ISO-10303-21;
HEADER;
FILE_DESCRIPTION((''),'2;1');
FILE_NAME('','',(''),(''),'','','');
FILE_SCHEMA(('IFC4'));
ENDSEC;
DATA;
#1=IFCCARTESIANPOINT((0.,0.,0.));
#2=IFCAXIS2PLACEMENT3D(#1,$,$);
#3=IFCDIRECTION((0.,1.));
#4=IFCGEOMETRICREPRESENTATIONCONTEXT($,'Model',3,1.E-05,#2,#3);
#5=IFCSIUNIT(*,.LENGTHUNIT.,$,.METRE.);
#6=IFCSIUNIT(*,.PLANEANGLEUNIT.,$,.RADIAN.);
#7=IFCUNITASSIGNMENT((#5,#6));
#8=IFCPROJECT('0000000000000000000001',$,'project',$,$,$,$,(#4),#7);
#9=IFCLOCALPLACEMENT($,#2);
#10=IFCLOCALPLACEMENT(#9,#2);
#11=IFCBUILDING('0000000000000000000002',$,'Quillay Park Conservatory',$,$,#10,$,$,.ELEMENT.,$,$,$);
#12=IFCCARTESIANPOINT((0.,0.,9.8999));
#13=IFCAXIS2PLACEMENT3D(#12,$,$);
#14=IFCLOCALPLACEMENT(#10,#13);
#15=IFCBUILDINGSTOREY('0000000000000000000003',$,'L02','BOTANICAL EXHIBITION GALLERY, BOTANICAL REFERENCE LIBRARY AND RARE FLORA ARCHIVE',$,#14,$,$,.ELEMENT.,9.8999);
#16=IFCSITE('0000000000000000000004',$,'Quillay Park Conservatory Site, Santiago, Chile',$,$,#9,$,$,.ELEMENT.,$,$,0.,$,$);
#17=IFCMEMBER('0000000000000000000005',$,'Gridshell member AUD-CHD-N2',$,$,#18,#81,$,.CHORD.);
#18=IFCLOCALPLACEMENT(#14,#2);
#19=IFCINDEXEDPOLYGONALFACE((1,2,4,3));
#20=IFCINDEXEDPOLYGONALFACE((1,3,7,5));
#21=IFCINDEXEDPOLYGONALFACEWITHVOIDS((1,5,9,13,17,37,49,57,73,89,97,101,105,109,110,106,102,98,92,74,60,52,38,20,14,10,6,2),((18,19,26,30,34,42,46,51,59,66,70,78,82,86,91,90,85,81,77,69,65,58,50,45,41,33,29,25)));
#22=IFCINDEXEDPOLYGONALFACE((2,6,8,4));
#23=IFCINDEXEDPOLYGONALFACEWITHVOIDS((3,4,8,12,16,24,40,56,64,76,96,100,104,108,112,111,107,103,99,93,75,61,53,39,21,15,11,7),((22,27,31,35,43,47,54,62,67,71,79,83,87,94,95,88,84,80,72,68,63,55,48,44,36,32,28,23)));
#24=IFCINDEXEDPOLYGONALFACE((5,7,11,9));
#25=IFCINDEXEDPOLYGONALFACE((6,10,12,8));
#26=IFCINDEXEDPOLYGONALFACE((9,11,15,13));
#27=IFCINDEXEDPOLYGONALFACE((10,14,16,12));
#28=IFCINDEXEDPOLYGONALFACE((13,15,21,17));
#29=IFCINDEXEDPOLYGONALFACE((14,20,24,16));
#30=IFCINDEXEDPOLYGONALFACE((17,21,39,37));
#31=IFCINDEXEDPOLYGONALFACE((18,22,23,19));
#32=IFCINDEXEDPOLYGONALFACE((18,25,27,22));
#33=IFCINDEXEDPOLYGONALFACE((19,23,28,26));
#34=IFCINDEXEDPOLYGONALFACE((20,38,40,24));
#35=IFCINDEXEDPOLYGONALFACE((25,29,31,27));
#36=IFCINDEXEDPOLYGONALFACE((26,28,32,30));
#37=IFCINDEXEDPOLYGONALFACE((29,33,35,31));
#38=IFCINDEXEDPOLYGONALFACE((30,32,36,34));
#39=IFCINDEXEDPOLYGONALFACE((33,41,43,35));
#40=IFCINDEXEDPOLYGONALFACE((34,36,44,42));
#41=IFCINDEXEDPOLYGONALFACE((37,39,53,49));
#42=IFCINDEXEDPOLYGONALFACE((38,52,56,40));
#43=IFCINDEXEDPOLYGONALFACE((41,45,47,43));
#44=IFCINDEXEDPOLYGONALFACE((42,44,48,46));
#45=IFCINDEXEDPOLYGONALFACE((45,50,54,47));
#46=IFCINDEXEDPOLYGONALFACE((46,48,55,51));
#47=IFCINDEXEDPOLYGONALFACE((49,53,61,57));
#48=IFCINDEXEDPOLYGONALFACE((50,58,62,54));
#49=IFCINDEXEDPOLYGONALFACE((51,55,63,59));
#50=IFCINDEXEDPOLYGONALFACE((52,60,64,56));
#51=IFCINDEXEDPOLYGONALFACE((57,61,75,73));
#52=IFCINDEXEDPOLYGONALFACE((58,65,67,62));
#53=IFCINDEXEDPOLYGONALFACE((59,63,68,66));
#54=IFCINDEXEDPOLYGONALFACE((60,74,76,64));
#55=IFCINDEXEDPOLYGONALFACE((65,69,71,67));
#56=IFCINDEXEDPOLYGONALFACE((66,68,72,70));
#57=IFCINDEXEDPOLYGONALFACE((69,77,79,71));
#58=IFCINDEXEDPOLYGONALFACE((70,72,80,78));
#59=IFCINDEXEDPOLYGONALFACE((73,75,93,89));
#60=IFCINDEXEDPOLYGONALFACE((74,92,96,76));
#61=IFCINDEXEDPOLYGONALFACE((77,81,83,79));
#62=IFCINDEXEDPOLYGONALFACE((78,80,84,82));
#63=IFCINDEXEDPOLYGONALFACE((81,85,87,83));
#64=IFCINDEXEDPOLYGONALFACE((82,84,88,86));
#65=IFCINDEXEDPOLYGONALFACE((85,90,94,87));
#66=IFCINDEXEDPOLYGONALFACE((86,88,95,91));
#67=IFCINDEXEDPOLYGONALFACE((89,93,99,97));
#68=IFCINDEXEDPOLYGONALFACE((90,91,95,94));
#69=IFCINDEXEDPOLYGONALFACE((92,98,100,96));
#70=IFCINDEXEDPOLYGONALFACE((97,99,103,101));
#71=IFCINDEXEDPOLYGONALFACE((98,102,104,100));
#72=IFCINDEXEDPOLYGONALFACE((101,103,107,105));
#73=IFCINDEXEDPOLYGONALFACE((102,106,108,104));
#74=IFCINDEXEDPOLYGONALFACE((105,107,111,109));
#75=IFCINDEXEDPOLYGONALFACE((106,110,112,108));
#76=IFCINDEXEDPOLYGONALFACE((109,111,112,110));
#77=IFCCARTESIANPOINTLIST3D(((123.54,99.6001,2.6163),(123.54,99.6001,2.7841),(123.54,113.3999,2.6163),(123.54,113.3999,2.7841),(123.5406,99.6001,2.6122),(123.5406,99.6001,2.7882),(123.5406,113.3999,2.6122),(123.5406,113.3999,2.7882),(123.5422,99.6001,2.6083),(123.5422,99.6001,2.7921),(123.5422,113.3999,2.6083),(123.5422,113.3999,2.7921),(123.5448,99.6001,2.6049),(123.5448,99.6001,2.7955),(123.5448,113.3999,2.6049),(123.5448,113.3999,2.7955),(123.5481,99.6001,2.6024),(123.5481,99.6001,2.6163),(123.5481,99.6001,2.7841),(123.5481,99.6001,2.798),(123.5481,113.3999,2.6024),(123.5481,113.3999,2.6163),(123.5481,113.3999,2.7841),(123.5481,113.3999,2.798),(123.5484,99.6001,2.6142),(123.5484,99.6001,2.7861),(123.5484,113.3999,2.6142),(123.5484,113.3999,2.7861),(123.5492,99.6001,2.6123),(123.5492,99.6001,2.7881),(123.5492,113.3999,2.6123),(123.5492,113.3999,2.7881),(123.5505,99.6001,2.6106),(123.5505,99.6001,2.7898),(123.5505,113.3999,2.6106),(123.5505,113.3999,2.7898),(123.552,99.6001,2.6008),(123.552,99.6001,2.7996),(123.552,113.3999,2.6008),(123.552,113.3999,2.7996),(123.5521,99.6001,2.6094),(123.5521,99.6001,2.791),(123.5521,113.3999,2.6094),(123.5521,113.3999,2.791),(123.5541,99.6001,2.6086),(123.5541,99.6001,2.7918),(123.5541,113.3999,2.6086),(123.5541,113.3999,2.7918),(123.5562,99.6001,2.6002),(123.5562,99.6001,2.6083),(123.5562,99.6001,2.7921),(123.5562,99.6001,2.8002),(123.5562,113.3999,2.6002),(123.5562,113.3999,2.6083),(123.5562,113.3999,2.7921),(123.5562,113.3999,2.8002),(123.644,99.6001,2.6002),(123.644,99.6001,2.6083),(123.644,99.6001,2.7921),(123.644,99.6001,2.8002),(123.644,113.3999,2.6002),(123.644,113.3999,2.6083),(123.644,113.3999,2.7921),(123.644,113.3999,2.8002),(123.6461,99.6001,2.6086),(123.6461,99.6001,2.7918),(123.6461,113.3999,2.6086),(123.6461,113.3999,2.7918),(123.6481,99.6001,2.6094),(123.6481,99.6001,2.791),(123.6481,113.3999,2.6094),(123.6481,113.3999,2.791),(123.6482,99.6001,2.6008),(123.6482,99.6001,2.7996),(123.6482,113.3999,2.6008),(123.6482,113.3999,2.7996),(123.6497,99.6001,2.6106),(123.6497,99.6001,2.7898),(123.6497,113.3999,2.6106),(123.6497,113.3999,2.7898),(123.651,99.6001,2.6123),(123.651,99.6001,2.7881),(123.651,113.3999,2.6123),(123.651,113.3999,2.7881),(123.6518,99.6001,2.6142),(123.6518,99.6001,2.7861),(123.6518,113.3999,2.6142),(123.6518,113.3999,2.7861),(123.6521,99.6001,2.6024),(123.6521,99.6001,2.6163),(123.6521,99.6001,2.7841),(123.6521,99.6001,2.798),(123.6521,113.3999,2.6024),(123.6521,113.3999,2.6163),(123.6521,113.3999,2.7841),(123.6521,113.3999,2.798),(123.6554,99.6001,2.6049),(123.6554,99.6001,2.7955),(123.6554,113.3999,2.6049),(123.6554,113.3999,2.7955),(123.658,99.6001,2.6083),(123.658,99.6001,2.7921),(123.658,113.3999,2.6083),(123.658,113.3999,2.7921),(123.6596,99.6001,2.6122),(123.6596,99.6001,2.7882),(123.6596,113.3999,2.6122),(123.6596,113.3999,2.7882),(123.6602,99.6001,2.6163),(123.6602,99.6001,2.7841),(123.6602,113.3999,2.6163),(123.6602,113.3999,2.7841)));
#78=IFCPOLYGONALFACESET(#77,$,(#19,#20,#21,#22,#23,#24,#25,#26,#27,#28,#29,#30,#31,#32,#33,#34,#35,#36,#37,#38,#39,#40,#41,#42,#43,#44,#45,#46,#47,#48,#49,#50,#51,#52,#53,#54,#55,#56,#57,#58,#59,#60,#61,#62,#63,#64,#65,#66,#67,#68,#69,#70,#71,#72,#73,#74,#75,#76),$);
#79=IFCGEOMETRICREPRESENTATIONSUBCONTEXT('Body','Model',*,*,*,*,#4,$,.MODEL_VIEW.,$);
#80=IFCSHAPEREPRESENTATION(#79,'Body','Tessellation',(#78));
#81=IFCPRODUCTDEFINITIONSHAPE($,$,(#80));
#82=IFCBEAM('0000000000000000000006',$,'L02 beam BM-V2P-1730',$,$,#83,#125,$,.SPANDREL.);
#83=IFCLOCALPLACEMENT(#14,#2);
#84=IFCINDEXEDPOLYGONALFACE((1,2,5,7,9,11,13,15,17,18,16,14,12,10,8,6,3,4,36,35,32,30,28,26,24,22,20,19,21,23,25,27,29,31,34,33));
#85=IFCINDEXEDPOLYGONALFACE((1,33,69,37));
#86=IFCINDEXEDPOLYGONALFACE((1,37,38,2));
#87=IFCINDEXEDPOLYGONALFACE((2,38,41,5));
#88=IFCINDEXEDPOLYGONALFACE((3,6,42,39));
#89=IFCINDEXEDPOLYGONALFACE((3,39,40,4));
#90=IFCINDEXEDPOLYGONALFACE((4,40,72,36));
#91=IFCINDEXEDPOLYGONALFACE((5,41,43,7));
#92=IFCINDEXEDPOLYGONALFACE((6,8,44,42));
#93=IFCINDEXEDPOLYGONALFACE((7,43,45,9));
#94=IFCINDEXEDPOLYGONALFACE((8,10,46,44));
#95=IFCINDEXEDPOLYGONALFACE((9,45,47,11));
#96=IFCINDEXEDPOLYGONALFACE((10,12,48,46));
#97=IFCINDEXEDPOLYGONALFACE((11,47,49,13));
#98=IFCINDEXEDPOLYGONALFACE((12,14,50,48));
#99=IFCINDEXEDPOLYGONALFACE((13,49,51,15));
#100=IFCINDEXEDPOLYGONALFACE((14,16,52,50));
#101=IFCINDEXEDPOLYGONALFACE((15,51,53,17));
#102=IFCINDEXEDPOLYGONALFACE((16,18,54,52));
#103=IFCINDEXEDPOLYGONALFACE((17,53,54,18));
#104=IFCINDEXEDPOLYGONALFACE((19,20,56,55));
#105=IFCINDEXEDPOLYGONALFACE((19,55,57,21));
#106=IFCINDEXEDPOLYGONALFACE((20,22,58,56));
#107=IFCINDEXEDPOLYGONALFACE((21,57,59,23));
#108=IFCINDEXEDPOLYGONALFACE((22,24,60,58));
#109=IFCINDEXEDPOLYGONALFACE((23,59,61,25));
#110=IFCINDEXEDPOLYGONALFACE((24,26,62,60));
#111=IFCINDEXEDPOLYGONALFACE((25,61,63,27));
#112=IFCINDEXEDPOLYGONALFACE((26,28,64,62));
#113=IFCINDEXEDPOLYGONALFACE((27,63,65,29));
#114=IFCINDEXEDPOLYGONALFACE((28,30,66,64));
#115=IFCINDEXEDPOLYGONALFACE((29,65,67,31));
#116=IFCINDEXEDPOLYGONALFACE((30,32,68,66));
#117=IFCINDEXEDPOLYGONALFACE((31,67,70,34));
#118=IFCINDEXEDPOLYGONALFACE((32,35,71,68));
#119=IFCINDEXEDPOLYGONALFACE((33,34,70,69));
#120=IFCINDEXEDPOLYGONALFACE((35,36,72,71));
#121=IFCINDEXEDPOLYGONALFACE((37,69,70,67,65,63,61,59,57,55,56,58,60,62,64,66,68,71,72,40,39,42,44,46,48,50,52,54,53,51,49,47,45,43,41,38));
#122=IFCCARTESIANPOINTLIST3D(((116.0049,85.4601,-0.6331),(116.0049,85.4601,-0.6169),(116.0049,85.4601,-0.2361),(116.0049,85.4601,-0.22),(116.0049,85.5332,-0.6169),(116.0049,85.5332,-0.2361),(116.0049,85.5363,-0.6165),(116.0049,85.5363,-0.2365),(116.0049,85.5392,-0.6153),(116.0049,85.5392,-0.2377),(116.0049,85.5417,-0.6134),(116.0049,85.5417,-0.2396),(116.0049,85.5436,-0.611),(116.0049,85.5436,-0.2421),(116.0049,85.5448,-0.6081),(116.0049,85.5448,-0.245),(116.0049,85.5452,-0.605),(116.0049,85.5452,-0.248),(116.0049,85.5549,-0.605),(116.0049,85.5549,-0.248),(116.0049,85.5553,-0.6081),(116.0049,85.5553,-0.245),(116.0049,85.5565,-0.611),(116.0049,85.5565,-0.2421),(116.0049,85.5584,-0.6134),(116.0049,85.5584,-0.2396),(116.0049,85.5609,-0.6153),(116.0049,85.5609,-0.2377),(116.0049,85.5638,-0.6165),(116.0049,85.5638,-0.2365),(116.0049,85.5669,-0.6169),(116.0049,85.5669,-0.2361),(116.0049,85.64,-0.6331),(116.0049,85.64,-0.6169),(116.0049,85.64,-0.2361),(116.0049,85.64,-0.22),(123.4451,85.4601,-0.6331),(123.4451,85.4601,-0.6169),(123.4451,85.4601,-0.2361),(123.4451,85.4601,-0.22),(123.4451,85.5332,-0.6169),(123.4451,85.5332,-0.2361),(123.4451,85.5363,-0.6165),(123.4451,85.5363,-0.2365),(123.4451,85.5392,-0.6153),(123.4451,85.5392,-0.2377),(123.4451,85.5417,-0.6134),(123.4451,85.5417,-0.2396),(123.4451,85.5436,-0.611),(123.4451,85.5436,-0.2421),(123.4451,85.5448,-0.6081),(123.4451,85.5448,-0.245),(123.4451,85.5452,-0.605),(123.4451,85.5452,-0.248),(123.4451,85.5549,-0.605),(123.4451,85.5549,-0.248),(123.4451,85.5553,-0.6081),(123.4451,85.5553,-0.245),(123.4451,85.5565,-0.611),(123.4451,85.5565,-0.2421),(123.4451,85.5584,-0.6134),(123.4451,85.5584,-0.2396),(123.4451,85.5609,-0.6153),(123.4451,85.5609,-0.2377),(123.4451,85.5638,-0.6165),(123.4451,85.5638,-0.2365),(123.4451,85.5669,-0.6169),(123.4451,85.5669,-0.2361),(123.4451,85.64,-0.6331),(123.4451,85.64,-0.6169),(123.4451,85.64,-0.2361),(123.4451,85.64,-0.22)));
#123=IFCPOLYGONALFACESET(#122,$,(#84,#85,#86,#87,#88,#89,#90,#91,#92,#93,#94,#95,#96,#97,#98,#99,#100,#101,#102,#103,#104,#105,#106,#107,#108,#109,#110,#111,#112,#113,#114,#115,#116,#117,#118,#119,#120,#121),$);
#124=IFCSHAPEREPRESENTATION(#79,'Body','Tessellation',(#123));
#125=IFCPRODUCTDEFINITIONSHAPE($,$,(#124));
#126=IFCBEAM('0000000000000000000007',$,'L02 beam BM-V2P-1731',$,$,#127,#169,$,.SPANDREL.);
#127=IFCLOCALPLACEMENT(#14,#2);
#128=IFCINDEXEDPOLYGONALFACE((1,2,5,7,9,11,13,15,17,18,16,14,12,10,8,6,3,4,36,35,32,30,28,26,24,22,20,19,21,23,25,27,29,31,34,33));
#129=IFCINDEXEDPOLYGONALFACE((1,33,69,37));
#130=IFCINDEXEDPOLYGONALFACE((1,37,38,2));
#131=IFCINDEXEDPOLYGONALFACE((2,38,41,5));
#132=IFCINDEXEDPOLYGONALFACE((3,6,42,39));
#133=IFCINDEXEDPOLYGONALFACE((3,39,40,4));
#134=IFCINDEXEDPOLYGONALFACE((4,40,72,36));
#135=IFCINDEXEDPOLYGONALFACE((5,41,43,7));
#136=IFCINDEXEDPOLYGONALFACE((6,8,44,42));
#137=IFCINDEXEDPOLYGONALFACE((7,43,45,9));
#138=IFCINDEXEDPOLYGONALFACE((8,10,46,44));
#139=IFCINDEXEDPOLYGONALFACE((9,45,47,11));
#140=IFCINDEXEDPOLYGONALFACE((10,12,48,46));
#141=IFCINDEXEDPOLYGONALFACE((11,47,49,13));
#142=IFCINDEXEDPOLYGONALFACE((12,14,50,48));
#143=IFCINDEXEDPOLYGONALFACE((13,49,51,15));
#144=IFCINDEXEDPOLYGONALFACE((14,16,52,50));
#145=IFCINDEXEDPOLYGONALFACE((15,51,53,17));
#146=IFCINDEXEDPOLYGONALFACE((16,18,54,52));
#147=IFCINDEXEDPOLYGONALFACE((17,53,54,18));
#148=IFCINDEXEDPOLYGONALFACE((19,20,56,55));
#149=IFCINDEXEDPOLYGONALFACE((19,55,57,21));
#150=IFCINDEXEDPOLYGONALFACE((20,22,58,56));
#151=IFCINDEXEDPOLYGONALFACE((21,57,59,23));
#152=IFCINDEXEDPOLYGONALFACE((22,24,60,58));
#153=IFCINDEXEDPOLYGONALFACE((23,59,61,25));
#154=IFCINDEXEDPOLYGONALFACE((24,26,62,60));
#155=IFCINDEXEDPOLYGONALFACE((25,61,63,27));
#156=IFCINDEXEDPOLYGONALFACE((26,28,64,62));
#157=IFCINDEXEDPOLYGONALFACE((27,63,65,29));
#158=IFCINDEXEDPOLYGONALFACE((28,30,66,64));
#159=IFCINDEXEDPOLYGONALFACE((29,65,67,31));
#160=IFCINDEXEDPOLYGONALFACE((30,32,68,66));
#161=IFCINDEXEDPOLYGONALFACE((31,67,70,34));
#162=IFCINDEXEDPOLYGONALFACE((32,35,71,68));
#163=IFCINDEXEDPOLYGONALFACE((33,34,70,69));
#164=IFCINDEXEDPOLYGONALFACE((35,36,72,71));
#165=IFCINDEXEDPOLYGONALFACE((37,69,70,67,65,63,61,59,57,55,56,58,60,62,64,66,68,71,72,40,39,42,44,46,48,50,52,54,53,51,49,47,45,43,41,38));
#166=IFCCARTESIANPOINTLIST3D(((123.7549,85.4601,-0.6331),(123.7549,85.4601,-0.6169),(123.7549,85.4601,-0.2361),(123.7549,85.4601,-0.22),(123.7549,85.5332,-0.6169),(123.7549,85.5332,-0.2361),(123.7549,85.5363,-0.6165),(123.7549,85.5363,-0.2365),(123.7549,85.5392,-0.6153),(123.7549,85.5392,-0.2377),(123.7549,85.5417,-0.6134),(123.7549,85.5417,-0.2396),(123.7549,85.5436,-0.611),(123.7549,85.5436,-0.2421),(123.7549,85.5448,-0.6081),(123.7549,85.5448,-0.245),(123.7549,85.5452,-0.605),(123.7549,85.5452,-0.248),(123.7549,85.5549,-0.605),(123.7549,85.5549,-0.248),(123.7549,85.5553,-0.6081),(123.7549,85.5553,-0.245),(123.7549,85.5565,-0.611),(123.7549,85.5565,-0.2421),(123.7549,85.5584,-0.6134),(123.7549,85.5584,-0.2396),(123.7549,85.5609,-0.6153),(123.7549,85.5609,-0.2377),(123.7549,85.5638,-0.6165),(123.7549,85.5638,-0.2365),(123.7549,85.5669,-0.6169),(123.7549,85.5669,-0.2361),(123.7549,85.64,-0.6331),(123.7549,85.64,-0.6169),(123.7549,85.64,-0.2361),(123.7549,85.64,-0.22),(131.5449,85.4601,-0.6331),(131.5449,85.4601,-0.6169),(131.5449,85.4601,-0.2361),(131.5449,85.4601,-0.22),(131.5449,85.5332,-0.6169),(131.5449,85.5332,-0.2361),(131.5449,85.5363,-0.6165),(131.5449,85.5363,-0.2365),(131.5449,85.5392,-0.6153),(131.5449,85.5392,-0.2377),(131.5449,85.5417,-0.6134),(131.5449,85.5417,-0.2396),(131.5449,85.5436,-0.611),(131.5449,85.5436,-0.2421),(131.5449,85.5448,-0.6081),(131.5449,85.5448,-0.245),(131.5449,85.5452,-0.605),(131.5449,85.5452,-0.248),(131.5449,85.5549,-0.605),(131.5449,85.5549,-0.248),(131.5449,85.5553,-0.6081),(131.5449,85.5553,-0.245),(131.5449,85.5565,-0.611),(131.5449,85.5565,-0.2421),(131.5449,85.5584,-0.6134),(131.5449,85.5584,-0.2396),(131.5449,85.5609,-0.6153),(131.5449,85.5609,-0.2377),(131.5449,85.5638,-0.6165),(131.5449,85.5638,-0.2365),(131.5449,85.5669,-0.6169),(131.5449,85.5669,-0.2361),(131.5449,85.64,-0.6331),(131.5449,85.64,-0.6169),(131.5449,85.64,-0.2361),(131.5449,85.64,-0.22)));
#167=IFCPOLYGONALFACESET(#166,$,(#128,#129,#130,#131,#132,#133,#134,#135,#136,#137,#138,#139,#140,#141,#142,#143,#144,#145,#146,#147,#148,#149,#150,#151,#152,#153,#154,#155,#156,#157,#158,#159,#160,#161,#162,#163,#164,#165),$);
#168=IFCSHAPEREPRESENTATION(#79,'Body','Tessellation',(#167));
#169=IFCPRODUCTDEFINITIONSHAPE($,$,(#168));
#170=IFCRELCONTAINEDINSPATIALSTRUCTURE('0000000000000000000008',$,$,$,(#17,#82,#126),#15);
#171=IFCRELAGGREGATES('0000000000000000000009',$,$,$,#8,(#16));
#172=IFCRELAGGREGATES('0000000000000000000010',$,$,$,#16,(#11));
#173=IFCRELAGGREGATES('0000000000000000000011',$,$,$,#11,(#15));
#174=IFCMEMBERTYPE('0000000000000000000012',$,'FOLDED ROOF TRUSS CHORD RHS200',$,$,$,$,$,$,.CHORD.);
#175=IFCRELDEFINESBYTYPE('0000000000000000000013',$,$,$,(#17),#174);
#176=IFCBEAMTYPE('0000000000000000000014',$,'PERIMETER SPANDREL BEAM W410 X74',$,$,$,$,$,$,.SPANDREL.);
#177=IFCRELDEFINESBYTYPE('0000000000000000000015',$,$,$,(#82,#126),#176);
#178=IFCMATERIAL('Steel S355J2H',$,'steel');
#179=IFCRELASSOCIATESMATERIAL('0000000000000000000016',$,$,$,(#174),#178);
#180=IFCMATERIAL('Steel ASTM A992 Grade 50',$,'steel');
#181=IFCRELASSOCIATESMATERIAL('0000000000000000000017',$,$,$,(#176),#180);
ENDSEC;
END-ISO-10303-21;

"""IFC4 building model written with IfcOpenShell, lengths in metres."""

from ifc_helpers import new_model, si_unit, direction, frame, origin, origin_2d, place, context, subcontext, project, spatial, hollow_rectangle, i_section, extrude, material, material_profile, profile_set, type_object, element, save


model = new_model("IFC4")

# Units and contexts
model_context = context("Model", 3, precision=1e-05, world=origin(), true_north=direction((0.0, 1.0)))
body_context = subcontext(model_context, "Body", "Model", "MODEL_VIEW")
ifc_project = project(units=[si_unit("LENGTHUNIT", "METRE"), si_unit("PLANEANGLEUNIT", "RADIAN")], contexts=[model_context])

# Site, building, storey
site_placement = place(None, origin())
site = spatial("IfcSite", under=ifc_project, at=site_placement, Name="Quillay Park Conservatory Site, Santiago, Chile", CompositionType="ELEMENT", RefElevation=0.0)
building_placement = place(site_placement, origin())
building = spatial("IfcBuilding", under=site, at=building_placement, Name="Quillay Park Conservatory", CompositionType="ELEMENT")
storey_placement = place(building_placement, frame((0.0, 0.0, 9.8999)))
storey = spatial("IfcBuildingStorey", under=building, at=storey_placement, Name="L02", Description="BOTANICAL EXHIBITION GALLERY, BOTANICAL REFERENCE LIBRARY AND RARE FLORA ARCHIVE", CompositionType="ELEMENT", Elevation=9.8999)

# Member
ifc_material_1 = material(Name="Steel S355J2H", Category="steel")
ifc_material_profile_1 = material_profile(ifc_material_1, hollow_rectangle(XDim=0.1201, YDim=0.2, WallThickness=0.0081, InnerFilletRadius=0.0081, OuterFilletRadius=0.0161, at=origin_2d()), Name="RHS200x120x8")
ifc_profile_set_1 = profile_set([ifc_material_profile_1], Name="Steel S355J2H")
member_type = type_object("IfcMemberType", Name="FOLDED ROOF TRUSS CHORD RHS200", PredefinedType="CHORD", material=ifc_profile_set_1)
member_1_placement = place(storey_placement, frame((123.6001, 99.6001, 2.7002), z_axis=(0.0, 1.0, 0.0), x_axis=(-1.0, 0.0, 0.0)))
element("IfcMember", 1, at=member_1_placement, inside=storey, type_object=member_type, Name="Gridshell member AUD-CHD-N2", PredefinedType="CHORD", context=body_context, shape_type="SweptSolid", body=[
    extrude(hollow_rectangle(XDim=0.1201, YDim=0.2, WallThickness=0.0081, InnerFilletRadius=0.0081, OuterFilletRadius=0.0161, at=origin_2d()), origin(), (0.0, 0.0, 1.0), 13.7998),
])

# Beams
ifc_material_2 = material(Name="Steel ASTM A992 Grade 50", Category="steel")
ifc_material_profile_2 = material_profile(ifc_material_2, i_section(OverallWidth=0.1799, OverallDepth=0.4131, WebThickness=0.0098, FlangeThickness=0.0161, FilletRadius=0.012, at=origin_2d()), Name="W410x74")
ifc_profile_set_2 = profile_set([ifc_material_profile_2], Name="Steel ASTM A992 Grade 50")
beam_type_1 = type_object("IfcBeamType", Name="PERIMETER SPANDREL BEAM W410 X74", PredefinedType="SPANDREL", material=ifc_profile_set_2)
beam_1_placement = place(storey_placement, frame((116.0049, 85.55, -0.4265), z_axis=(1.0, 0.0, 0.0), x_axis=(0.0, 1.0, 0.0)))
element("IfcBeam", 2, at=beam_1_placement, inside=storey, type_object=beam_type_1, Name="L02 beam BM-V2P-1730", PredefinedType="SPANDREL", context=body_context, shape_type="SweptSolid", body=[
    extrude(i_section(OverallWidth=0.1799, OverallDepth=0.4131, WebThickness=0.0098, FlangeThickness=0.0161, FilletRadius=0.012, at=origin_2d()), origin(), (0.0, 0.0, 1.0), 7.4402),
])
beam_2_placement = place(storey_placement, frame((123.7549, 85.55, -0.4265), z_axis=(1.0, 0.0, 0.0), x_axis=(0.0, 1.0, 0.0)))
element("IfcBeam", 3, at=beam_2_placement, inside=storey, type_object=beam_type_1, Name="L02 beam BM-V2P-1731", PredefinedType="SPANDREL", context=body_context, shape_type="SweptSolid", body=[
    extrude(i_section(OverallWidth=0.1799, OverallDepth=0.4131, WebThickness=0.0098, FlangeThickness=0.0161, FilletRadius=0.012, at=origin_2d()), origin(), (0.0, 0.0, 1.0), 7.79),
])

save(model, "model.ifc")
